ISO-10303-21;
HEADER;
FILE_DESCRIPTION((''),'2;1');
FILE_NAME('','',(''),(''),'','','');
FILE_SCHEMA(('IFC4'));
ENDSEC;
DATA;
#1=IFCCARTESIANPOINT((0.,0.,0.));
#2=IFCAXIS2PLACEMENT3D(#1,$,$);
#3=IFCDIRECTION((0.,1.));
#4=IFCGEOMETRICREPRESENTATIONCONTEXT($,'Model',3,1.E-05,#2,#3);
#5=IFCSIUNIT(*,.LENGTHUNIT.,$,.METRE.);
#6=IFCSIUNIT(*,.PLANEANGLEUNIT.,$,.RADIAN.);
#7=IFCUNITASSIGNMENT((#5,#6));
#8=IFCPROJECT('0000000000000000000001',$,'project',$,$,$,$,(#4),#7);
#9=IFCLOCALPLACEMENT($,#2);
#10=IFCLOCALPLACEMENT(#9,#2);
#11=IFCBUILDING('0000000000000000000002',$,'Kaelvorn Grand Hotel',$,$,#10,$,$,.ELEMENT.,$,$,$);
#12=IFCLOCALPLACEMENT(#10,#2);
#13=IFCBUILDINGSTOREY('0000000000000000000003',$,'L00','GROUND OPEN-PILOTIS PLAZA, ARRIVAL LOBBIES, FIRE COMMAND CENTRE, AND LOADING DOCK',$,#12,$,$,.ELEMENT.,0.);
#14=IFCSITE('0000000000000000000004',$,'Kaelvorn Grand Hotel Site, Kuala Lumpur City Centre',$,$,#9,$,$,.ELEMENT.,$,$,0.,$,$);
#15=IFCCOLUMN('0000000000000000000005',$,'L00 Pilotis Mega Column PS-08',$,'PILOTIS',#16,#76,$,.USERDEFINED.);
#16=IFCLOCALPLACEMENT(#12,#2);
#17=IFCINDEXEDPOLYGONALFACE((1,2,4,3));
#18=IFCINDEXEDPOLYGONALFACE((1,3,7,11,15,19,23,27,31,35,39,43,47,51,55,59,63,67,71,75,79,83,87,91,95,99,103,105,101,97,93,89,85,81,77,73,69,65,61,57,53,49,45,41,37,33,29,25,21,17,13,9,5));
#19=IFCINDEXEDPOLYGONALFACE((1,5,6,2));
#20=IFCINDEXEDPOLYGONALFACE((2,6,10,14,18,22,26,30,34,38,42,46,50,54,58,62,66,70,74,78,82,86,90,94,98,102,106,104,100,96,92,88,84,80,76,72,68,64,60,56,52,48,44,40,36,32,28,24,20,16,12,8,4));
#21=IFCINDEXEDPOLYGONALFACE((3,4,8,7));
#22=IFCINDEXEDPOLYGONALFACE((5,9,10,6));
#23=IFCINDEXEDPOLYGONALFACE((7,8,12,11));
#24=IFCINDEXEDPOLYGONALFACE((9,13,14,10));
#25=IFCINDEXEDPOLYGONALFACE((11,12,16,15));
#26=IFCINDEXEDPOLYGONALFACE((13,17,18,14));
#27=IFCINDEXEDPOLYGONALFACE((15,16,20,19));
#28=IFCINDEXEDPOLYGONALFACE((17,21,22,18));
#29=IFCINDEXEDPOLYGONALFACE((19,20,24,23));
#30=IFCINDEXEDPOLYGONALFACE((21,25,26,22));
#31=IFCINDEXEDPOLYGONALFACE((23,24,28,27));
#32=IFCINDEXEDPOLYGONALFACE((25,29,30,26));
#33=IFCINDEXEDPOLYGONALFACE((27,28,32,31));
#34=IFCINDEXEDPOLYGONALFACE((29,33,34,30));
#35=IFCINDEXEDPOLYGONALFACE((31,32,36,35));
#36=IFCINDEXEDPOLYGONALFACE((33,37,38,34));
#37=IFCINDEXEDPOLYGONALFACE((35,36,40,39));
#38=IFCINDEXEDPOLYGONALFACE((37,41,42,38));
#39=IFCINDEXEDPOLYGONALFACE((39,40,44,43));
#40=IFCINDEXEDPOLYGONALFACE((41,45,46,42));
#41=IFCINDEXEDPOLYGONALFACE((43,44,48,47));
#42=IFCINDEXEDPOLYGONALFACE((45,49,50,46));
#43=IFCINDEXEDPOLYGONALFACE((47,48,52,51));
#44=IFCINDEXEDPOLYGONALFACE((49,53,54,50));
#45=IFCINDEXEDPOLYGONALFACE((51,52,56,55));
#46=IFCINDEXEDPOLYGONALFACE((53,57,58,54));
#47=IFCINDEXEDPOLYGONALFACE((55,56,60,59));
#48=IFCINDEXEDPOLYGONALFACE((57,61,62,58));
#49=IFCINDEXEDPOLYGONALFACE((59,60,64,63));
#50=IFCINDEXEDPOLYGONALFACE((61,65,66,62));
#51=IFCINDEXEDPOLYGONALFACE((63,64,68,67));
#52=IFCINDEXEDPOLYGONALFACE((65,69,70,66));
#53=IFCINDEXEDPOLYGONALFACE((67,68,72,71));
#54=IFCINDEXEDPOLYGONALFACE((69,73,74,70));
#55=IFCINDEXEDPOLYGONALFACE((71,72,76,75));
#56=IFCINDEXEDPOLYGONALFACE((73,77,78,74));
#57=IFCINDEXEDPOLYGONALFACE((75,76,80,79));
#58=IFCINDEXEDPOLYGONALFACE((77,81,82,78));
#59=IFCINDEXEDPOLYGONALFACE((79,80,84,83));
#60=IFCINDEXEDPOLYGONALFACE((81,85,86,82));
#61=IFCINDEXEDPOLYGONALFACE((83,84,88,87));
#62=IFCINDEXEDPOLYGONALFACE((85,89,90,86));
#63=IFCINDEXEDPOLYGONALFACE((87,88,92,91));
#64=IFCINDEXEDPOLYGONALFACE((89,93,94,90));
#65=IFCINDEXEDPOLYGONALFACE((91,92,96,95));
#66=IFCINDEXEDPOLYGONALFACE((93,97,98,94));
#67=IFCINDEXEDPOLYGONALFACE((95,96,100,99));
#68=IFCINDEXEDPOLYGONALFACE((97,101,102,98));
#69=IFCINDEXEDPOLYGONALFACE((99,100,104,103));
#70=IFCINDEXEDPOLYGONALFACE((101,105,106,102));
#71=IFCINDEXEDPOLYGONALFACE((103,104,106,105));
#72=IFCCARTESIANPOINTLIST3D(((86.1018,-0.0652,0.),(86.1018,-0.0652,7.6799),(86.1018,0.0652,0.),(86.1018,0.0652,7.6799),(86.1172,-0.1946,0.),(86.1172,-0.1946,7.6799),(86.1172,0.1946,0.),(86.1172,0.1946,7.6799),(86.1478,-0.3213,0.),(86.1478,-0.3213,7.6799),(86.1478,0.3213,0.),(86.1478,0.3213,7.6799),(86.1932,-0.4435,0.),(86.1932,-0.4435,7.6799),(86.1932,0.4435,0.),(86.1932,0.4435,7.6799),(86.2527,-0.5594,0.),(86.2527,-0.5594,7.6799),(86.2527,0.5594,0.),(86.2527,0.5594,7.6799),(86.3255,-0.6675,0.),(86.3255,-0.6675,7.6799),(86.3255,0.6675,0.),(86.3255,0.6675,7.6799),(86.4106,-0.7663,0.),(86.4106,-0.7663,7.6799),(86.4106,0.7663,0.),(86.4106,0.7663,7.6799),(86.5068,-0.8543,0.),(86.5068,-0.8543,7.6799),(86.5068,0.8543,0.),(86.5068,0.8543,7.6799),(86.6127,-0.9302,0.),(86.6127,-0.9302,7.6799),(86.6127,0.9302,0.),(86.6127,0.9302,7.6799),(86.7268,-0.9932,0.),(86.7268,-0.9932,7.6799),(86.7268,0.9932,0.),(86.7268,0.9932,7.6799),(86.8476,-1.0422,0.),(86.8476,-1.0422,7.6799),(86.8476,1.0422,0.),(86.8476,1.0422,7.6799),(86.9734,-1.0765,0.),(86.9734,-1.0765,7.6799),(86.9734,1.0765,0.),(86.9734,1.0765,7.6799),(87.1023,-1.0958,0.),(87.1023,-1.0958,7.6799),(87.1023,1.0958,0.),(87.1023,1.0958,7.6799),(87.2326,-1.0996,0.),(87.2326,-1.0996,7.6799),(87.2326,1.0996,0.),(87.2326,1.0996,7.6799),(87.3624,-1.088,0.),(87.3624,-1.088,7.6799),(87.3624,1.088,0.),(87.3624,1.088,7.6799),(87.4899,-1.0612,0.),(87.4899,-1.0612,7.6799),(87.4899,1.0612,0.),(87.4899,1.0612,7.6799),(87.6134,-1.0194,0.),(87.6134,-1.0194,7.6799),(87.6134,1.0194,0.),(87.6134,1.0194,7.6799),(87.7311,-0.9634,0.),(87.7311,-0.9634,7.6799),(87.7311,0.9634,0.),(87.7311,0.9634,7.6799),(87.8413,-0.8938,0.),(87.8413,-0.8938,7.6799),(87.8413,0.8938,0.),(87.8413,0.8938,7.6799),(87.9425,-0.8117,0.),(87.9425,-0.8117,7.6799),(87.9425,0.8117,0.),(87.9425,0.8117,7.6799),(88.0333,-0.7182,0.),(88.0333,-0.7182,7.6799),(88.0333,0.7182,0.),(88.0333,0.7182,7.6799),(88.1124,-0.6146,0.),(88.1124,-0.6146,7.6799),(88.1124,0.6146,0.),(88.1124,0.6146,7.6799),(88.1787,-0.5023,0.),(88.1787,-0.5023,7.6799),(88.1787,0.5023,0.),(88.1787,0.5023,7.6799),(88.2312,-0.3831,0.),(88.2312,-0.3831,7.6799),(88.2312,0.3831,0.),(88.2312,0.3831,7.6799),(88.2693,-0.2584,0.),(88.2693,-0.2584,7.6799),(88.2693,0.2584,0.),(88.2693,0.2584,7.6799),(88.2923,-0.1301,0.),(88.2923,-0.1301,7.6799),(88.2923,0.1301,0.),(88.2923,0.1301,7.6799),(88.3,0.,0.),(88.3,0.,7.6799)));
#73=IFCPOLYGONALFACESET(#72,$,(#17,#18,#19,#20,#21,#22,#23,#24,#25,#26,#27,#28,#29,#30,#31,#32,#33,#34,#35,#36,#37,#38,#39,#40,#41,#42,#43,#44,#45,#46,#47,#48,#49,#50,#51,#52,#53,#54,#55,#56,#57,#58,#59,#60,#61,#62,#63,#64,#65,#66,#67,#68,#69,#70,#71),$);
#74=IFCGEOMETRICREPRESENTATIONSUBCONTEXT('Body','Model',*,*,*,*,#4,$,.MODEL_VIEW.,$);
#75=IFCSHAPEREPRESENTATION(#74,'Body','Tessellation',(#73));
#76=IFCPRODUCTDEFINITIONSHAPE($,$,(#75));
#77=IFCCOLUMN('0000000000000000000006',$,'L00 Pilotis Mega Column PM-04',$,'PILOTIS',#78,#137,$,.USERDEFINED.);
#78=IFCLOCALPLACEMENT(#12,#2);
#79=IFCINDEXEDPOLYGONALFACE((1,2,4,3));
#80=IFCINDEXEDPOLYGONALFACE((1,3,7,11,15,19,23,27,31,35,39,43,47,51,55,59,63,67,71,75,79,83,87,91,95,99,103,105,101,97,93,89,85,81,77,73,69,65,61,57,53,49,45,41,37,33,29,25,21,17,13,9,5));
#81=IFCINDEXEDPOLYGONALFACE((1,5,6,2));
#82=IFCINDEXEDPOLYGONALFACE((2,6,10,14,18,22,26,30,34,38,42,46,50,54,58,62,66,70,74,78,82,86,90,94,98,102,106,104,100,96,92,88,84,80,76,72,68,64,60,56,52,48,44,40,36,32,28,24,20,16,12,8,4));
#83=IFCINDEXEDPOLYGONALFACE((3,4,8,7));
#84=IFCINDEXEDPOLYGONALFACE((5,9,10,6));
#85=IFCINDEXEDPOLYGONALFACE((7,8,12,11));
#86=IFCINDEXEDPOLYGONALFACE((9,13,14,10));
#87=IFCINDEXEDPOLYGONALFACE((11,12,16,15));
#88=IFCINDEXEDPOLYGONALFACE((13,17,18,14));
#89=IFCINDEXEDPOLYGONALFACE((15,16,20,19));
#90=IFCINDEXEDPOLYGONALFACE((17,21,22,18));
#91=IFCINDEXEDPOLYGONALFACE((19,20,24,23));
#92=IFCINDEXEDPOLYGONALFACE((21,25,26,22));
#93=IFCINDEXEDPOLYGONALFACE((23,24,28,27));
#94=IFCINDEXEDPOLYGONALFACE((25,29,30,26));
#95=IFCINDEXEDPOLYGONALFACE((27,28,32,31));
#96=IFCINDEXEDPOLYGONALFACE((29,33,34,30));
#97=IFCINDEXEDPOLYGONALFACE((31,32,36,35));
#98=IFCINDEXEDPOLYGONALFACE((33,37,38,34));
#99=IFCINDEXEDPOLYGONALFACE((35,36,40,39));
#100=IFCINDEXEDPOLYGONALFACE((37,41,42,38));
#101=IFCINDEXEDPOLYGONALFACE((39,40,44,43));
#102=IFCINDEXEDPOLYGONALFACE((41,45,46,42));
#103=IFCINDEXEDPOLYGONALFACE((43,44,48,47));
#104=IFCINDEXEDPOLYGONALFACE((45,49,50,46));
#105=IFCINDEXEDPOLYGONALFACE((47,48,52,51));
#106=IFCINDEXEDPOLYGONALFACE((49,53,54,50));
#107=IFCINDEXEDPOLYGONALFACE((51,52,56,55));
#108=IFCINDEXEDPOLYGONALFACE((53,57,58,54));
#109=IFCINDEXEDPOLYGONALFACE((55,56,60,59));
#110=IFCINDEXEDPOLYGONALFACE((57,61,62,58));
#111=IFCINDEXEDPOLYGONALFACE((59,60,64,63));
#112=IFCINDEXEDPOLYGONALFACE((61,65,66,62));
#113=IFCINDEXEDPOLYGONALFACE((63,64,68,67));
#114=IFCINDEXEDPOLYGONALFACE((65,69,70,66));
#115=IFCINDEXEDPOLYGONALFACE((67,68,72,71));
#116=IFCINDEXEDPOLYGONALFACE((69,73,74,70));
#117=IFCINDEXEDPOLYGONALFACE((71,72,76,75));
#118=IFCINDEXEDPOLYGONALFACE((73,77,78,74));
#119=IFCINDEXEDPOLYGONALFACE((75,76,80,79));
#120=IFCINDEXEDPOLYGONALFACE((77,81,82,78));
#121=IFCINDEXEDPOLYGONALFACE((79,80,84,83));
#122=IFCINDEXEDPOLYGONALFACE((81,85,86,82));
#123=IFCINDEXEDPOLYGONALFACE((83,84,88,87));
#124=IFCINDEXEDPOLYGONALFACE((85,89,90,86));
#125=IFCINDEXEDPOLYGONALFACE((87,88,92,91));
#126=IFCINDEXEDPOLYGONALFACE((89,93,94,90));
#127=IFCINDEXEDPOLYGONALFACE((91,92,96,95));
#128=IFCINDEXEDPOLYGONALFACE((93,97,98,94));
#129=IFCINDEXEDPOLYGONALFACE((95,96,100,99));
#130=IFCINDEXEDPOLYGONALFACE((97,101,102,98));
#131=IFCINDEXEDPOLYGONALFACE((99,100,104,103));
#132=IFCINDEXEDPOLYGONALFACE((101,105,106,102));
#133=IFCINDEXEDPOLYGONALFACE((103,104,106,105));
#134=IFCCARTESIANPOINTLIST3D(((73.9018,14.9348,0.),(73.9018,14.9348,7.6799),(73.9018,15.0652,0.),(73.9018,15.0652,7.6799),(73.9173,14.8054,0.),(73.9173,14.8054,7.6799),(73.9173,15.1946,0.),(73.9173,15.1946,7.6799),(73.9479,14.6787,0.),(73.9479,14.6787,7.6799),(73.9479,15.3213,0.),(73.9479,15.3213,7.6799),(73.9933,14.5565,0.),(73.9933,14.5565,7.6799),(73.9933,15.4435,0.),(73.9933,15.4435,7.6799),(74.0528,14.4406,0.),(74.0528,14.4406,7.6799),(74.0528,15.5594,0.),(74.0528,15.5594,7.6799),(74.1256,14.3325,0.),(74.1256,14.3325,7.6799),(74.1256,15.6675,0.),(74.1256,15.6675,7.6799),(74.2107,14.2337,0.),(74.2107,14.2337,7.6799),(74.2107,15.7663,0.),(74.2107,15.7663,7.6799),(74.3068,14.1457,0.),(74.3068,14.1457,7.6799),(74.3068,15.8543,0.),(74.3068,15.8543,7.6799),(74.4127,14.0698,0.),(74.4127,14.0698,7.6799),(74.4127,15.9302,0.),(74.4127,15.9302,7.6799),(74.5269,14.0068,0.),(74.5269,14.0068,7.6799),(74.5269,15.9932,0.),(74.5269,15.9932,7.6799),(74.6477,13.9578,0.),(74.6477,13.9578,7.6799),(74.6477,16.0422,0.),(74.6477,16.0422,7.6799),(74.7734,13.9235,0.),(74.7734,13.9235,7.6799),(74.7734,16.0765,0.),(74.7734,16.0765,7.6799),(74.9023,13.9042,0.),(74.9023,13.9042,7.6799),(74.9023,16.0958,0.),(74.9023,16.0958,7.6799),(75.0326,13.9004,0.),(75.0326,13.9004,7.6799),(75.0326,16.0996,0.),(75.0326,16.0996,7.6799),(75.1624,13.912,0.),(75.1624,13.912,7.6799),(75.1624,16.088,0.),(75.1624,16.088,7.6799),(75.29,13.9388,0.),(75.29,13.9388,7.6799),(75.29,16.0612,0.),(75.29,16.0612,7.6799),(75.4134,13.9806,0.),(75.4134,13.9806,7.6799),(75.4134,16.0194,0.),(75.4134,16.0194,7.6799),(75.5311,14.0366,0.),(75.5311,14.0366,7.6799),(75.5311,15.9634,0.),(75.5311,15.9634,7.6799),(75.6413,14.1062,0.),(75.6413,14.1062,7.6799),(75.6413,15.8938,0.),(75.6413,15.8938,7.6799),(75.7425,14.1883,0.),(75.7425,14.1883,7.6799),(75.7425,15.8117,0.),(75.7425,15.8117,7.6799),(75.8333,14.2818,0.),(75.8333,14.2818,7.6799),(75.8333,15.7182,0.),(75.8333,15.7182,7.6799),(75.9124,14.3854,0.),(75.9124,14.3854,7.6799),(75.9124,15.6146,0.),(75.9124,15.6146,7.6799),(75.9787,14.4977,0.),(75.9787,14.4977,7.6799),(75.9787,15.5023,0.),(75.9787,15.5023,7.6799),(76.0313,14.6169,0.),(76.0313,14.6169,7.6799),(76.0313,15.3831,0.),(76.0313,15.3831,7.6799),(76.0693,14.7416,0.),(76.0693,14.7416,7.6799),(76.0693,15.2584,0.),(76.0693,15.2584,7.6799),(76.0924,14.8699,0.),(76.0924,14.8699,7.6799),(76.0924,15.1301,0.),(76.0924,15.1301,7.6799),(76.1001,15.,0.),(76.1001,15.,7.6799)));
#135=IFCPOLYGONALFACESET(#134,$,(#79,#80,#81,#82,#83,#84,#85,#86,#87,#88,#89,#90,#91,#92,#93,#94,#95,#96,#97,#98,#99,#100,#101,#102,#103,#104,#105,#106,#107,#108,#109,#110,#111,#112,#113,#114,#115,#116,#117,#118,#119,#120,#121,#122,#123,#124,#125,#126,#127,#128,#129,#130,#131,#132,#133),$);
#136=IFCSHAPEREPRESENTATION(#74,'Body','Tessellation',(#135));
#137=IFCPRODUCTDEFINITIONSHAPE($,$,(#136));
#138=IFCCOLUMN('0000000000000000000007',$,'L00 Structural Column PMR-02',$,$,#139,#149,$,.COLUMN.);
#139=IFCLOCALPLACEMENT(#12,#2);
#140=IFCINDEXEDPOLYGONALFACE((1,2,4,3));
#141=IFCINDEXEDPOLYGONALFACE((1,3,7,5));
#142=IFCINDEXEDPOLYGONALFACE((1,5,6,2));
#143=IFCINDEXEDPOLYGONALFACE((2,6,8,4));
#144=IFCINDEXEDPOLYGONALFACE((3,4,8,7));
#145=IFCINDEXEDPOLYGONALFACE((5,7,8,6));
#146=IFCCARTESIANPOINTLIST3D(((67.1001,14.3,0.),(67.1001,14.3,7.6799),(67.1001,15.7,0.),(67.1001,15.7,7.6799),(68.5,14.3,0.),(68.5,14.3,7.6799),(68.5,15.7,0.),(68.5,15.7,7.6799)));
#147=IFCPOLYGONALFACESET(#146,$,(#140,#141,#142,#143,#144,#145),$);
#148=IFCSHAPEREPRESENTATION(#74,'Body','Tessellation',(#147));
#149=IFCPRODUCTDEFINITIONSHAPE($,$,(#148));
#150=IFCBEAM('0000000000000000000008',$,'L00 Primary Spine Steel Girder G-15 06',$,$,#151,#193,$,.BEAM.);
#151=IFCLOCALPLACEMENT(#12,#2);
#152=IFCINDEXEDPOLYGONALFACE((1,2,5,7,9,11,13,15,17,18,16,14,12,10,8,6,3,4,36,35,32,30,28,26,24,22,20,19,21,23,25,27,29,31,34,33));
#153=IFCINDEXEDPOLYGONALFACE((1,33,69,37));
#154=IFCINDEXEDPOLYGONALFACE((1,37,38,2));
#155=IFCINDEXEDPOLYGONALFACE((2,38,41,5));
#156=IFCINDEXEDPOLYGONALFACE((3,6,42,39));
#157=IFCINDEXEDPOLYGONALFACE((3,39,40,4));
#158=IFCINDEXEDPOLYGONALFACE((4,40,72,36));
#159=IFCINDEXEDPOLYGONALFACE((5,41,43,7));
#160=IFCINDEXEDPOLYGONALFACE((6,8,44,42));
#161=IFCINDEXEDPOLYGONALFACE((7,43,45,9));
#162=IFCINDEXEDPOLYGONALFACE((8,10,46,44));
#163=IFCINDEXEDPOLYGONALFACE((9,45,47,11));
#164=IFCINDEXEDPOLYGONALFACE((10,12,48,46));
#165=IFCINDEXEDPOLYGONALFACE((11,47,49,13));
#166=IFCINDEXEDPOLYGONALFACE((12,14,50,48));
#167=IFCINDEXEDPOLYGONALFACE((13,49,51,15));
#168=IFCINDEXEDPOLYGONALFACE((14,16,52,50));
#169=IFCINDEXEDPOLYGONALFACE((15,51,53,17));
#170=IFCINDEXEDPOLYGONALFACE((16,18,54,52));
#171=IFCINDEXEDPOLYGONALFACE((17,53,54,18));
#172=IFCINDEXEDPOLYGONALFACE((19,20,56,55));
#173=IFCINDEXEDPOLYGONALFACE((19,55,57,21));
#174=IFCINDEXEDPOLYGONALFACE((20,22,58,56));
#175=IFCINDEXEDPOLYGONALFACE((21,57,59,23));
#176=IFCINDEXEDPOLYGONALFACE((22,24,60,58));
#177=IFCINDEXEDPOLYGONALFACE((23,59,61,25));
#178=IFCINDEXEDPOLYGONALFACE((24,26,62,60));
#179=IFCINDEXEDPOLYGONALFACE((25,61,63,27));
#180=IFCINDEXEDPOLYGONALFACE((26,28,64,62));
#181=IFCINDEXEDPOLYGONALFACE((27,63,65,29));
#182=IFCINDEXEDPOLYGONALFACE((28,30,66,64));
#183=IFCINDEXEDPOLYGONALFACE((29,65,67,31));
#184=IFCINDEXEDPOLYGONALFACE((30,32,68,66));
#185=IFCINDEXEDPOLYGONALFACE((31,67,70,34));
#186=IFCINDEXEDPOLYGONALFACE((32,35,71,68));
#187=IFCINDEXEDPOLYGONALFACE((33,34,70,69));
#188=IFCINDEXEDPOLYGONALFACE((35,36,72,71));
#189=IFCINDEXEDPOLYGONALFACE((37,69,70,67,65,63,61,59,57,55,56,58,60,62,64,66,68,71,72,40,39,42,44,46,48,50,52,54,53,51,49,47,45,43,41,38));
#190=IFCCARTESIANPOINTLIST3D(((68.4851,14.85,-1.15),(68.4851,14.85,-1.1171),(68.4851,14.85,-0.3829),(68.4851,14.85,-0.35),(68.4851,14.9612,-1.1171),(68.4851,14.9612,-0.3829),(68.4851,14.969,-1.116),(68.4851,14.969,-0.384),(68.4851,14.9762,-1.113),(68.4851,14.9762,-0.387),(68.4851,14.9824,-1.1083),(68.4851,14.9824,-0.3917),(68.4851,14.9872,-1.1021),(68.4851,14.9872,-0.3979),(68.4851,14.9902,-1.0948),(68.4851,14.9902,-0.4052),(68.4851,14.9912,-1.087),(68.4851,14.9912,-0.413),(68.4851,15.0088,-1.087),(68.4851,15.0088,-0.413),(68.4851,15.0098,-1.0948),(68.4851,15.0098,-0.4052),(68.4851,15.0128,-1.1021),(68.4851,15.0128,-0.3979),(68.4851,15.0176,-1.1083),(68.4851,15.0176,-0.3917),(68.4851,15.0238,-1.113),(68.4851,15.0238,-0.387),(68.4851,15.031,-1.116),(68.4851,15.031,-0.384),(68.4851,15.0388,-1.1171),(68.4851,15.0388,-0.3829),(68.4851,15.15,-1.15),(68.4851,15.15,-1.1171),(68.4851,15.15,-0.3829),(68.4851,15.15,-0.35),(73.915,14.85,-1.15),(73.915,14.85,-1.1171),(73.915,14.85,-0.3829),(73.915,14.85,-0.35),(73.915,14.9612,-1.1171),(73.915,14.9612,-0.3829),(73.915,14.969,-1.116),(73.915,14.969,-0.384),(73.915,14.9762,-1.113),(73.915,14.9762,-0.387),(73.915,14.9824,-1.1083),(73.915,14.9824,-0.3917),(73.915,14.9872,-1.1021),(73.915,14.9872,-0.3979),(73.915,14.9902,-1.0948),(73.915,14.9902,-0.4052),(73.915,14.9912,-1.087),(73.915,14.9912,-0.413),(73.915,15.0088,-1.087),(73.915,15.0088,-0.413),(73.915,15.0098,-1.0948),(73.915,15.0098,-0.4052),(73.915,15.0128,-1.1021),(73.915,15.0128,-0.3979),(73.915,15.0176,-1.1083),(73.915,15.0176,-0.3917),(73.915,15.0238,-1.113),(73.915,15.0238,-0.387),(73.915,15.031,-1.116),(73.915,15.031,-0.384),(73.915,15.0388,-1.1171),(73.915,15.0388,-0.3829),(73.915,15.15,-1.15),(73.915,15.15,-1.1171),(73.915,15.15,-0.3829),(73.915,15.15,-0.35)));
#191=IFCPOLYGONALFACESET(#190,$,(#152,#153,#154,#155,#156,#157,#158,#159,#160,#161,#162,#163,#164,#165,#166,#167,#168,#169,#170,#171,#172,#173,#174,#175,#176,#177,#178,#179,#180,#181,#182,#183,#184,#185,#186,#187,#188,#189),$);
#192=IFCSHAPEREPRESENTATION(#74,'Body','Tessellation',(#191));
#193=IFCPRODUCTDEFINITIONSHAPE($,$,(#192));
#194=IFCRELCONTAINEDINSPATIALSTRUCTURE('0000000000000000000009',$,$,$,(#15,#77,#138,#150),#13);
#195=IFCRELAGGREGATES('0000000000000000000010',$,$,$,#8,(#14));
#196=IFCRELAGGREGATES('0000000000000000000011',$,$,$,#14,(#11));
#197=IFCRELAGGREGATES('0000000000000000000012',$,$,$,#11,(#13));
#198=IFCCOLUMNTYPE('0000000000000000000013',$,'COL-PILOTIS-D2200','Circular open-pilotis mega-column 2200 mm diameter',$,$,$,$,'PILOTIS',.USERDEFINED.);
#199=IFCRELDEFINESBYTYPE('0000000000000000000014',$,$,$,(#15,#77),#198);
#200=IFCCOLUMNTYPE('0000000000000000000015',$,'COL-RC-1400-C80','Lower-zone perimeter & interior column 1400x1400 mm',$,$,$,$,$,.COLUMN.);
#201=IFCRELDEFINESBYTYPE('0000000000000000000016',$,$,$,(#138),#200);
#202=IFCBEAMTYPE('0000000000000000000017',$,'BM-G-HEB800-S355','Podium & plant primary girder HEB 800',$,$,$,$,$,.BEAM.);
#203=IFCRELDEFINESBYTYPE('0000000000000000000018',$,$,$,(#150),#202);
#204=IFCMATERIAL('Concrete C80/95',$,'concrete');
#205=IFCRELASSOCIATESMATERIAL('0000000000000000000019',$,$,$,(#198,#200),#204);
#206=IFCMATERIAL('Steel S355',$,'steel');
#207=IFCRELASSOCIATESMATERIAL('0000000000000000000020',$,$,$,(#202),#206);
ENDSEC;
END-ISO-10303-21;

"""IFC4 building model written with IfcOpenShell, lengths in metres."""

from ifc_helpers import new_model, si_unit, direction, frame, origin, origin_2d, place, context, subcontext, project, spatial, rectangle, circle, i_section, extrude, material, material_profile, profile_set, type_object, element, save


model = new_model("IFC4")

# Units and contexts
model_context = context("Model", 3, precision=1e-05, world=origin(), true_north=direction((0.0, 1.0)))
body_context = subcontext(model_context, "Body", "Model", "MODEL_VIEW")
ifc_project = project(units=[si_unit("LENGTHUNIT", "METRE"), si_unit("PLANEANGLEUNIT", "RADIAN")], contexts=[model_context])

# Site, building, storey
site_placement = place(None, origin())
site = spatial("IfcSite", under=ifc_project, at=site_placement, Name="Kaelvorn Grand Hotel Site, Kuala Lumpur City Centre", CompositionType="ELEMENT", RefElevation=0.0)
building_placement = place(site_placement, origin())
building = spatial("IfcBuilding", under=site, at=building_placement, Name="Kaelvorn Grand Hotel", CompositionType="ELEMENT")
storey_placement = place(building_placement, origin())
storey = spatial("IfcBuildingStorey", under=building, at=storey_placement, Name="L00", Description="GROUND OPEN-PILOTIS PLAZA, ARRIVAL LOBBIES, FIRE COMMAND CENTRE, AND LOADING DOCK", CompositionType="ELEMENT", Elevation=0.0)

# Columns
ifc_material_1 = material(Name="Concrete C80/95", Category="concrete")
ifc_material_profile_1 = material_profile(ifc_material_1, circle(Radius=1.1001, at=origin_2d()), Name="PILOTIS D2200")
ifc_profile_set_1 = profile_set([ifc_material_profile_1], Name="Concrete C80/95")
column_type_1 = type_object("IfcColumnType", Name="COL-PILOTIS-D2200", Description="Circular open-pilotis mega-column 2200 mm diameter", ElementType="PILOTIS", PredefinedType="USERDEFINED", material=ifc_profile_set_1)
for number, where, z_axis, x_axis, name in (
    (1, (87.2, 0.0, 0.0), (0.0, 0.0, 1.0), (1.0, 0.0, 0.0), "L00 Pilotis Mega Column PS-08"),
    (2, (75.0, 15.0, 0.0), (0.0, 0.0, 1.0), (1.0, 0.0, 0.0), "L00 Pilotis Mega Column PM-04"),
):
    element("IfcColumn", number, at=place(storey_placement, frame(where, z_axis=z_axis, x_axis=x_axis)), inside=storey, type_object=column_type_1, Name=name, ObjectType="PILOTIS", PredefinedType="USERDEFINED", context=body_context, shape_type="SweptSolid", body=[
        extrude(circle(Radius=1.1001, at=origin_2d()), origin(), (0.0, 0.0, 1.0), 7.6799),
    ])
ifc_material_profile_2 = material_profile(ifc_material_1, rectangle(XDim=1.3999, YDim=1.3999, at=origin_2d()), Name="RC COL 1400x1400")
ifc_profile_set_2 = profile_set([ifc_material_profile_2], Name="Concrete C80/95")
column_type_2 = type_object("IfcColumnType", Name="COL-RC-1400-C80", Description="Lower-zone perimeter & interior column 1400x1400 mm", PredefinedType="COLUMN", material=ifc_profile_set_2)
column_placement = place(storey_placement, frame((67.8, 15.0, 0.0), z_axis=(0.0, 0.0, 1.0), x_axis=(1.0, 0.0, 0.0)))
element("IfcColumn", 3, at=column_placement, inside=storey, type_object=column_type_2, Name="L00 Structural Column PMR-02", PredefinedType="COLUMN", context=body_context, shape_type="SweptSolid", body=[
    extrude(rectangle(XDim=1.3999, YDim=1.3999, at=origin_2d()), origin(), (0.0, 0.0, 1.0), 7.6799),
])

# Beam
ifc_material_2 = material(Name="Steel S355", Category="steel")
ifc_material_profile_3 = material_profile(ifc_material_2, i_section(OverallWidth=0.3, OverallDepth=0.8, WebThickness=0.0176, FlangeThickness=0.033, FilletRadius=0.03, at=origin_2d()), Name="HEB 800")
ifc_profile_set_3 = profile_set([ifc_material_profile_3], Name="Steel S355")
beam_type_1 = type_object("IfcBeamType", Name="BM-G-HEB800-S355", Description="Podium & plant primary girder HEB 800", PredefinedType="BEAM", material=ifc_profile_set_3)
beam_1_placement = place(storey_placement, frame((68.4851, 15.0, -0.75), z_axis=(1.0, 0.0, 0.0), x_axis=(0.0, 1.0, 0.0)))
element("IfcBeam", 4, at=beam_1_placement, inside=storey, type_object=beam_type_1, Name="L00 Primary Spine Steel Girder G-15 06", PredefinedType="BEAM", context=body_context, shape_type="SweptSolid", body=[
    extrude(i_section(OverallWidth=0.3, OverallDepth=0.8, WebThickness=0.0176, FlangeThickness=0.033, FilletRadius=0.03, at=origin_2d()), origin(), (0.0, 0.0, 1.0), 5.4299),
])

save(model, "model.ifc")
